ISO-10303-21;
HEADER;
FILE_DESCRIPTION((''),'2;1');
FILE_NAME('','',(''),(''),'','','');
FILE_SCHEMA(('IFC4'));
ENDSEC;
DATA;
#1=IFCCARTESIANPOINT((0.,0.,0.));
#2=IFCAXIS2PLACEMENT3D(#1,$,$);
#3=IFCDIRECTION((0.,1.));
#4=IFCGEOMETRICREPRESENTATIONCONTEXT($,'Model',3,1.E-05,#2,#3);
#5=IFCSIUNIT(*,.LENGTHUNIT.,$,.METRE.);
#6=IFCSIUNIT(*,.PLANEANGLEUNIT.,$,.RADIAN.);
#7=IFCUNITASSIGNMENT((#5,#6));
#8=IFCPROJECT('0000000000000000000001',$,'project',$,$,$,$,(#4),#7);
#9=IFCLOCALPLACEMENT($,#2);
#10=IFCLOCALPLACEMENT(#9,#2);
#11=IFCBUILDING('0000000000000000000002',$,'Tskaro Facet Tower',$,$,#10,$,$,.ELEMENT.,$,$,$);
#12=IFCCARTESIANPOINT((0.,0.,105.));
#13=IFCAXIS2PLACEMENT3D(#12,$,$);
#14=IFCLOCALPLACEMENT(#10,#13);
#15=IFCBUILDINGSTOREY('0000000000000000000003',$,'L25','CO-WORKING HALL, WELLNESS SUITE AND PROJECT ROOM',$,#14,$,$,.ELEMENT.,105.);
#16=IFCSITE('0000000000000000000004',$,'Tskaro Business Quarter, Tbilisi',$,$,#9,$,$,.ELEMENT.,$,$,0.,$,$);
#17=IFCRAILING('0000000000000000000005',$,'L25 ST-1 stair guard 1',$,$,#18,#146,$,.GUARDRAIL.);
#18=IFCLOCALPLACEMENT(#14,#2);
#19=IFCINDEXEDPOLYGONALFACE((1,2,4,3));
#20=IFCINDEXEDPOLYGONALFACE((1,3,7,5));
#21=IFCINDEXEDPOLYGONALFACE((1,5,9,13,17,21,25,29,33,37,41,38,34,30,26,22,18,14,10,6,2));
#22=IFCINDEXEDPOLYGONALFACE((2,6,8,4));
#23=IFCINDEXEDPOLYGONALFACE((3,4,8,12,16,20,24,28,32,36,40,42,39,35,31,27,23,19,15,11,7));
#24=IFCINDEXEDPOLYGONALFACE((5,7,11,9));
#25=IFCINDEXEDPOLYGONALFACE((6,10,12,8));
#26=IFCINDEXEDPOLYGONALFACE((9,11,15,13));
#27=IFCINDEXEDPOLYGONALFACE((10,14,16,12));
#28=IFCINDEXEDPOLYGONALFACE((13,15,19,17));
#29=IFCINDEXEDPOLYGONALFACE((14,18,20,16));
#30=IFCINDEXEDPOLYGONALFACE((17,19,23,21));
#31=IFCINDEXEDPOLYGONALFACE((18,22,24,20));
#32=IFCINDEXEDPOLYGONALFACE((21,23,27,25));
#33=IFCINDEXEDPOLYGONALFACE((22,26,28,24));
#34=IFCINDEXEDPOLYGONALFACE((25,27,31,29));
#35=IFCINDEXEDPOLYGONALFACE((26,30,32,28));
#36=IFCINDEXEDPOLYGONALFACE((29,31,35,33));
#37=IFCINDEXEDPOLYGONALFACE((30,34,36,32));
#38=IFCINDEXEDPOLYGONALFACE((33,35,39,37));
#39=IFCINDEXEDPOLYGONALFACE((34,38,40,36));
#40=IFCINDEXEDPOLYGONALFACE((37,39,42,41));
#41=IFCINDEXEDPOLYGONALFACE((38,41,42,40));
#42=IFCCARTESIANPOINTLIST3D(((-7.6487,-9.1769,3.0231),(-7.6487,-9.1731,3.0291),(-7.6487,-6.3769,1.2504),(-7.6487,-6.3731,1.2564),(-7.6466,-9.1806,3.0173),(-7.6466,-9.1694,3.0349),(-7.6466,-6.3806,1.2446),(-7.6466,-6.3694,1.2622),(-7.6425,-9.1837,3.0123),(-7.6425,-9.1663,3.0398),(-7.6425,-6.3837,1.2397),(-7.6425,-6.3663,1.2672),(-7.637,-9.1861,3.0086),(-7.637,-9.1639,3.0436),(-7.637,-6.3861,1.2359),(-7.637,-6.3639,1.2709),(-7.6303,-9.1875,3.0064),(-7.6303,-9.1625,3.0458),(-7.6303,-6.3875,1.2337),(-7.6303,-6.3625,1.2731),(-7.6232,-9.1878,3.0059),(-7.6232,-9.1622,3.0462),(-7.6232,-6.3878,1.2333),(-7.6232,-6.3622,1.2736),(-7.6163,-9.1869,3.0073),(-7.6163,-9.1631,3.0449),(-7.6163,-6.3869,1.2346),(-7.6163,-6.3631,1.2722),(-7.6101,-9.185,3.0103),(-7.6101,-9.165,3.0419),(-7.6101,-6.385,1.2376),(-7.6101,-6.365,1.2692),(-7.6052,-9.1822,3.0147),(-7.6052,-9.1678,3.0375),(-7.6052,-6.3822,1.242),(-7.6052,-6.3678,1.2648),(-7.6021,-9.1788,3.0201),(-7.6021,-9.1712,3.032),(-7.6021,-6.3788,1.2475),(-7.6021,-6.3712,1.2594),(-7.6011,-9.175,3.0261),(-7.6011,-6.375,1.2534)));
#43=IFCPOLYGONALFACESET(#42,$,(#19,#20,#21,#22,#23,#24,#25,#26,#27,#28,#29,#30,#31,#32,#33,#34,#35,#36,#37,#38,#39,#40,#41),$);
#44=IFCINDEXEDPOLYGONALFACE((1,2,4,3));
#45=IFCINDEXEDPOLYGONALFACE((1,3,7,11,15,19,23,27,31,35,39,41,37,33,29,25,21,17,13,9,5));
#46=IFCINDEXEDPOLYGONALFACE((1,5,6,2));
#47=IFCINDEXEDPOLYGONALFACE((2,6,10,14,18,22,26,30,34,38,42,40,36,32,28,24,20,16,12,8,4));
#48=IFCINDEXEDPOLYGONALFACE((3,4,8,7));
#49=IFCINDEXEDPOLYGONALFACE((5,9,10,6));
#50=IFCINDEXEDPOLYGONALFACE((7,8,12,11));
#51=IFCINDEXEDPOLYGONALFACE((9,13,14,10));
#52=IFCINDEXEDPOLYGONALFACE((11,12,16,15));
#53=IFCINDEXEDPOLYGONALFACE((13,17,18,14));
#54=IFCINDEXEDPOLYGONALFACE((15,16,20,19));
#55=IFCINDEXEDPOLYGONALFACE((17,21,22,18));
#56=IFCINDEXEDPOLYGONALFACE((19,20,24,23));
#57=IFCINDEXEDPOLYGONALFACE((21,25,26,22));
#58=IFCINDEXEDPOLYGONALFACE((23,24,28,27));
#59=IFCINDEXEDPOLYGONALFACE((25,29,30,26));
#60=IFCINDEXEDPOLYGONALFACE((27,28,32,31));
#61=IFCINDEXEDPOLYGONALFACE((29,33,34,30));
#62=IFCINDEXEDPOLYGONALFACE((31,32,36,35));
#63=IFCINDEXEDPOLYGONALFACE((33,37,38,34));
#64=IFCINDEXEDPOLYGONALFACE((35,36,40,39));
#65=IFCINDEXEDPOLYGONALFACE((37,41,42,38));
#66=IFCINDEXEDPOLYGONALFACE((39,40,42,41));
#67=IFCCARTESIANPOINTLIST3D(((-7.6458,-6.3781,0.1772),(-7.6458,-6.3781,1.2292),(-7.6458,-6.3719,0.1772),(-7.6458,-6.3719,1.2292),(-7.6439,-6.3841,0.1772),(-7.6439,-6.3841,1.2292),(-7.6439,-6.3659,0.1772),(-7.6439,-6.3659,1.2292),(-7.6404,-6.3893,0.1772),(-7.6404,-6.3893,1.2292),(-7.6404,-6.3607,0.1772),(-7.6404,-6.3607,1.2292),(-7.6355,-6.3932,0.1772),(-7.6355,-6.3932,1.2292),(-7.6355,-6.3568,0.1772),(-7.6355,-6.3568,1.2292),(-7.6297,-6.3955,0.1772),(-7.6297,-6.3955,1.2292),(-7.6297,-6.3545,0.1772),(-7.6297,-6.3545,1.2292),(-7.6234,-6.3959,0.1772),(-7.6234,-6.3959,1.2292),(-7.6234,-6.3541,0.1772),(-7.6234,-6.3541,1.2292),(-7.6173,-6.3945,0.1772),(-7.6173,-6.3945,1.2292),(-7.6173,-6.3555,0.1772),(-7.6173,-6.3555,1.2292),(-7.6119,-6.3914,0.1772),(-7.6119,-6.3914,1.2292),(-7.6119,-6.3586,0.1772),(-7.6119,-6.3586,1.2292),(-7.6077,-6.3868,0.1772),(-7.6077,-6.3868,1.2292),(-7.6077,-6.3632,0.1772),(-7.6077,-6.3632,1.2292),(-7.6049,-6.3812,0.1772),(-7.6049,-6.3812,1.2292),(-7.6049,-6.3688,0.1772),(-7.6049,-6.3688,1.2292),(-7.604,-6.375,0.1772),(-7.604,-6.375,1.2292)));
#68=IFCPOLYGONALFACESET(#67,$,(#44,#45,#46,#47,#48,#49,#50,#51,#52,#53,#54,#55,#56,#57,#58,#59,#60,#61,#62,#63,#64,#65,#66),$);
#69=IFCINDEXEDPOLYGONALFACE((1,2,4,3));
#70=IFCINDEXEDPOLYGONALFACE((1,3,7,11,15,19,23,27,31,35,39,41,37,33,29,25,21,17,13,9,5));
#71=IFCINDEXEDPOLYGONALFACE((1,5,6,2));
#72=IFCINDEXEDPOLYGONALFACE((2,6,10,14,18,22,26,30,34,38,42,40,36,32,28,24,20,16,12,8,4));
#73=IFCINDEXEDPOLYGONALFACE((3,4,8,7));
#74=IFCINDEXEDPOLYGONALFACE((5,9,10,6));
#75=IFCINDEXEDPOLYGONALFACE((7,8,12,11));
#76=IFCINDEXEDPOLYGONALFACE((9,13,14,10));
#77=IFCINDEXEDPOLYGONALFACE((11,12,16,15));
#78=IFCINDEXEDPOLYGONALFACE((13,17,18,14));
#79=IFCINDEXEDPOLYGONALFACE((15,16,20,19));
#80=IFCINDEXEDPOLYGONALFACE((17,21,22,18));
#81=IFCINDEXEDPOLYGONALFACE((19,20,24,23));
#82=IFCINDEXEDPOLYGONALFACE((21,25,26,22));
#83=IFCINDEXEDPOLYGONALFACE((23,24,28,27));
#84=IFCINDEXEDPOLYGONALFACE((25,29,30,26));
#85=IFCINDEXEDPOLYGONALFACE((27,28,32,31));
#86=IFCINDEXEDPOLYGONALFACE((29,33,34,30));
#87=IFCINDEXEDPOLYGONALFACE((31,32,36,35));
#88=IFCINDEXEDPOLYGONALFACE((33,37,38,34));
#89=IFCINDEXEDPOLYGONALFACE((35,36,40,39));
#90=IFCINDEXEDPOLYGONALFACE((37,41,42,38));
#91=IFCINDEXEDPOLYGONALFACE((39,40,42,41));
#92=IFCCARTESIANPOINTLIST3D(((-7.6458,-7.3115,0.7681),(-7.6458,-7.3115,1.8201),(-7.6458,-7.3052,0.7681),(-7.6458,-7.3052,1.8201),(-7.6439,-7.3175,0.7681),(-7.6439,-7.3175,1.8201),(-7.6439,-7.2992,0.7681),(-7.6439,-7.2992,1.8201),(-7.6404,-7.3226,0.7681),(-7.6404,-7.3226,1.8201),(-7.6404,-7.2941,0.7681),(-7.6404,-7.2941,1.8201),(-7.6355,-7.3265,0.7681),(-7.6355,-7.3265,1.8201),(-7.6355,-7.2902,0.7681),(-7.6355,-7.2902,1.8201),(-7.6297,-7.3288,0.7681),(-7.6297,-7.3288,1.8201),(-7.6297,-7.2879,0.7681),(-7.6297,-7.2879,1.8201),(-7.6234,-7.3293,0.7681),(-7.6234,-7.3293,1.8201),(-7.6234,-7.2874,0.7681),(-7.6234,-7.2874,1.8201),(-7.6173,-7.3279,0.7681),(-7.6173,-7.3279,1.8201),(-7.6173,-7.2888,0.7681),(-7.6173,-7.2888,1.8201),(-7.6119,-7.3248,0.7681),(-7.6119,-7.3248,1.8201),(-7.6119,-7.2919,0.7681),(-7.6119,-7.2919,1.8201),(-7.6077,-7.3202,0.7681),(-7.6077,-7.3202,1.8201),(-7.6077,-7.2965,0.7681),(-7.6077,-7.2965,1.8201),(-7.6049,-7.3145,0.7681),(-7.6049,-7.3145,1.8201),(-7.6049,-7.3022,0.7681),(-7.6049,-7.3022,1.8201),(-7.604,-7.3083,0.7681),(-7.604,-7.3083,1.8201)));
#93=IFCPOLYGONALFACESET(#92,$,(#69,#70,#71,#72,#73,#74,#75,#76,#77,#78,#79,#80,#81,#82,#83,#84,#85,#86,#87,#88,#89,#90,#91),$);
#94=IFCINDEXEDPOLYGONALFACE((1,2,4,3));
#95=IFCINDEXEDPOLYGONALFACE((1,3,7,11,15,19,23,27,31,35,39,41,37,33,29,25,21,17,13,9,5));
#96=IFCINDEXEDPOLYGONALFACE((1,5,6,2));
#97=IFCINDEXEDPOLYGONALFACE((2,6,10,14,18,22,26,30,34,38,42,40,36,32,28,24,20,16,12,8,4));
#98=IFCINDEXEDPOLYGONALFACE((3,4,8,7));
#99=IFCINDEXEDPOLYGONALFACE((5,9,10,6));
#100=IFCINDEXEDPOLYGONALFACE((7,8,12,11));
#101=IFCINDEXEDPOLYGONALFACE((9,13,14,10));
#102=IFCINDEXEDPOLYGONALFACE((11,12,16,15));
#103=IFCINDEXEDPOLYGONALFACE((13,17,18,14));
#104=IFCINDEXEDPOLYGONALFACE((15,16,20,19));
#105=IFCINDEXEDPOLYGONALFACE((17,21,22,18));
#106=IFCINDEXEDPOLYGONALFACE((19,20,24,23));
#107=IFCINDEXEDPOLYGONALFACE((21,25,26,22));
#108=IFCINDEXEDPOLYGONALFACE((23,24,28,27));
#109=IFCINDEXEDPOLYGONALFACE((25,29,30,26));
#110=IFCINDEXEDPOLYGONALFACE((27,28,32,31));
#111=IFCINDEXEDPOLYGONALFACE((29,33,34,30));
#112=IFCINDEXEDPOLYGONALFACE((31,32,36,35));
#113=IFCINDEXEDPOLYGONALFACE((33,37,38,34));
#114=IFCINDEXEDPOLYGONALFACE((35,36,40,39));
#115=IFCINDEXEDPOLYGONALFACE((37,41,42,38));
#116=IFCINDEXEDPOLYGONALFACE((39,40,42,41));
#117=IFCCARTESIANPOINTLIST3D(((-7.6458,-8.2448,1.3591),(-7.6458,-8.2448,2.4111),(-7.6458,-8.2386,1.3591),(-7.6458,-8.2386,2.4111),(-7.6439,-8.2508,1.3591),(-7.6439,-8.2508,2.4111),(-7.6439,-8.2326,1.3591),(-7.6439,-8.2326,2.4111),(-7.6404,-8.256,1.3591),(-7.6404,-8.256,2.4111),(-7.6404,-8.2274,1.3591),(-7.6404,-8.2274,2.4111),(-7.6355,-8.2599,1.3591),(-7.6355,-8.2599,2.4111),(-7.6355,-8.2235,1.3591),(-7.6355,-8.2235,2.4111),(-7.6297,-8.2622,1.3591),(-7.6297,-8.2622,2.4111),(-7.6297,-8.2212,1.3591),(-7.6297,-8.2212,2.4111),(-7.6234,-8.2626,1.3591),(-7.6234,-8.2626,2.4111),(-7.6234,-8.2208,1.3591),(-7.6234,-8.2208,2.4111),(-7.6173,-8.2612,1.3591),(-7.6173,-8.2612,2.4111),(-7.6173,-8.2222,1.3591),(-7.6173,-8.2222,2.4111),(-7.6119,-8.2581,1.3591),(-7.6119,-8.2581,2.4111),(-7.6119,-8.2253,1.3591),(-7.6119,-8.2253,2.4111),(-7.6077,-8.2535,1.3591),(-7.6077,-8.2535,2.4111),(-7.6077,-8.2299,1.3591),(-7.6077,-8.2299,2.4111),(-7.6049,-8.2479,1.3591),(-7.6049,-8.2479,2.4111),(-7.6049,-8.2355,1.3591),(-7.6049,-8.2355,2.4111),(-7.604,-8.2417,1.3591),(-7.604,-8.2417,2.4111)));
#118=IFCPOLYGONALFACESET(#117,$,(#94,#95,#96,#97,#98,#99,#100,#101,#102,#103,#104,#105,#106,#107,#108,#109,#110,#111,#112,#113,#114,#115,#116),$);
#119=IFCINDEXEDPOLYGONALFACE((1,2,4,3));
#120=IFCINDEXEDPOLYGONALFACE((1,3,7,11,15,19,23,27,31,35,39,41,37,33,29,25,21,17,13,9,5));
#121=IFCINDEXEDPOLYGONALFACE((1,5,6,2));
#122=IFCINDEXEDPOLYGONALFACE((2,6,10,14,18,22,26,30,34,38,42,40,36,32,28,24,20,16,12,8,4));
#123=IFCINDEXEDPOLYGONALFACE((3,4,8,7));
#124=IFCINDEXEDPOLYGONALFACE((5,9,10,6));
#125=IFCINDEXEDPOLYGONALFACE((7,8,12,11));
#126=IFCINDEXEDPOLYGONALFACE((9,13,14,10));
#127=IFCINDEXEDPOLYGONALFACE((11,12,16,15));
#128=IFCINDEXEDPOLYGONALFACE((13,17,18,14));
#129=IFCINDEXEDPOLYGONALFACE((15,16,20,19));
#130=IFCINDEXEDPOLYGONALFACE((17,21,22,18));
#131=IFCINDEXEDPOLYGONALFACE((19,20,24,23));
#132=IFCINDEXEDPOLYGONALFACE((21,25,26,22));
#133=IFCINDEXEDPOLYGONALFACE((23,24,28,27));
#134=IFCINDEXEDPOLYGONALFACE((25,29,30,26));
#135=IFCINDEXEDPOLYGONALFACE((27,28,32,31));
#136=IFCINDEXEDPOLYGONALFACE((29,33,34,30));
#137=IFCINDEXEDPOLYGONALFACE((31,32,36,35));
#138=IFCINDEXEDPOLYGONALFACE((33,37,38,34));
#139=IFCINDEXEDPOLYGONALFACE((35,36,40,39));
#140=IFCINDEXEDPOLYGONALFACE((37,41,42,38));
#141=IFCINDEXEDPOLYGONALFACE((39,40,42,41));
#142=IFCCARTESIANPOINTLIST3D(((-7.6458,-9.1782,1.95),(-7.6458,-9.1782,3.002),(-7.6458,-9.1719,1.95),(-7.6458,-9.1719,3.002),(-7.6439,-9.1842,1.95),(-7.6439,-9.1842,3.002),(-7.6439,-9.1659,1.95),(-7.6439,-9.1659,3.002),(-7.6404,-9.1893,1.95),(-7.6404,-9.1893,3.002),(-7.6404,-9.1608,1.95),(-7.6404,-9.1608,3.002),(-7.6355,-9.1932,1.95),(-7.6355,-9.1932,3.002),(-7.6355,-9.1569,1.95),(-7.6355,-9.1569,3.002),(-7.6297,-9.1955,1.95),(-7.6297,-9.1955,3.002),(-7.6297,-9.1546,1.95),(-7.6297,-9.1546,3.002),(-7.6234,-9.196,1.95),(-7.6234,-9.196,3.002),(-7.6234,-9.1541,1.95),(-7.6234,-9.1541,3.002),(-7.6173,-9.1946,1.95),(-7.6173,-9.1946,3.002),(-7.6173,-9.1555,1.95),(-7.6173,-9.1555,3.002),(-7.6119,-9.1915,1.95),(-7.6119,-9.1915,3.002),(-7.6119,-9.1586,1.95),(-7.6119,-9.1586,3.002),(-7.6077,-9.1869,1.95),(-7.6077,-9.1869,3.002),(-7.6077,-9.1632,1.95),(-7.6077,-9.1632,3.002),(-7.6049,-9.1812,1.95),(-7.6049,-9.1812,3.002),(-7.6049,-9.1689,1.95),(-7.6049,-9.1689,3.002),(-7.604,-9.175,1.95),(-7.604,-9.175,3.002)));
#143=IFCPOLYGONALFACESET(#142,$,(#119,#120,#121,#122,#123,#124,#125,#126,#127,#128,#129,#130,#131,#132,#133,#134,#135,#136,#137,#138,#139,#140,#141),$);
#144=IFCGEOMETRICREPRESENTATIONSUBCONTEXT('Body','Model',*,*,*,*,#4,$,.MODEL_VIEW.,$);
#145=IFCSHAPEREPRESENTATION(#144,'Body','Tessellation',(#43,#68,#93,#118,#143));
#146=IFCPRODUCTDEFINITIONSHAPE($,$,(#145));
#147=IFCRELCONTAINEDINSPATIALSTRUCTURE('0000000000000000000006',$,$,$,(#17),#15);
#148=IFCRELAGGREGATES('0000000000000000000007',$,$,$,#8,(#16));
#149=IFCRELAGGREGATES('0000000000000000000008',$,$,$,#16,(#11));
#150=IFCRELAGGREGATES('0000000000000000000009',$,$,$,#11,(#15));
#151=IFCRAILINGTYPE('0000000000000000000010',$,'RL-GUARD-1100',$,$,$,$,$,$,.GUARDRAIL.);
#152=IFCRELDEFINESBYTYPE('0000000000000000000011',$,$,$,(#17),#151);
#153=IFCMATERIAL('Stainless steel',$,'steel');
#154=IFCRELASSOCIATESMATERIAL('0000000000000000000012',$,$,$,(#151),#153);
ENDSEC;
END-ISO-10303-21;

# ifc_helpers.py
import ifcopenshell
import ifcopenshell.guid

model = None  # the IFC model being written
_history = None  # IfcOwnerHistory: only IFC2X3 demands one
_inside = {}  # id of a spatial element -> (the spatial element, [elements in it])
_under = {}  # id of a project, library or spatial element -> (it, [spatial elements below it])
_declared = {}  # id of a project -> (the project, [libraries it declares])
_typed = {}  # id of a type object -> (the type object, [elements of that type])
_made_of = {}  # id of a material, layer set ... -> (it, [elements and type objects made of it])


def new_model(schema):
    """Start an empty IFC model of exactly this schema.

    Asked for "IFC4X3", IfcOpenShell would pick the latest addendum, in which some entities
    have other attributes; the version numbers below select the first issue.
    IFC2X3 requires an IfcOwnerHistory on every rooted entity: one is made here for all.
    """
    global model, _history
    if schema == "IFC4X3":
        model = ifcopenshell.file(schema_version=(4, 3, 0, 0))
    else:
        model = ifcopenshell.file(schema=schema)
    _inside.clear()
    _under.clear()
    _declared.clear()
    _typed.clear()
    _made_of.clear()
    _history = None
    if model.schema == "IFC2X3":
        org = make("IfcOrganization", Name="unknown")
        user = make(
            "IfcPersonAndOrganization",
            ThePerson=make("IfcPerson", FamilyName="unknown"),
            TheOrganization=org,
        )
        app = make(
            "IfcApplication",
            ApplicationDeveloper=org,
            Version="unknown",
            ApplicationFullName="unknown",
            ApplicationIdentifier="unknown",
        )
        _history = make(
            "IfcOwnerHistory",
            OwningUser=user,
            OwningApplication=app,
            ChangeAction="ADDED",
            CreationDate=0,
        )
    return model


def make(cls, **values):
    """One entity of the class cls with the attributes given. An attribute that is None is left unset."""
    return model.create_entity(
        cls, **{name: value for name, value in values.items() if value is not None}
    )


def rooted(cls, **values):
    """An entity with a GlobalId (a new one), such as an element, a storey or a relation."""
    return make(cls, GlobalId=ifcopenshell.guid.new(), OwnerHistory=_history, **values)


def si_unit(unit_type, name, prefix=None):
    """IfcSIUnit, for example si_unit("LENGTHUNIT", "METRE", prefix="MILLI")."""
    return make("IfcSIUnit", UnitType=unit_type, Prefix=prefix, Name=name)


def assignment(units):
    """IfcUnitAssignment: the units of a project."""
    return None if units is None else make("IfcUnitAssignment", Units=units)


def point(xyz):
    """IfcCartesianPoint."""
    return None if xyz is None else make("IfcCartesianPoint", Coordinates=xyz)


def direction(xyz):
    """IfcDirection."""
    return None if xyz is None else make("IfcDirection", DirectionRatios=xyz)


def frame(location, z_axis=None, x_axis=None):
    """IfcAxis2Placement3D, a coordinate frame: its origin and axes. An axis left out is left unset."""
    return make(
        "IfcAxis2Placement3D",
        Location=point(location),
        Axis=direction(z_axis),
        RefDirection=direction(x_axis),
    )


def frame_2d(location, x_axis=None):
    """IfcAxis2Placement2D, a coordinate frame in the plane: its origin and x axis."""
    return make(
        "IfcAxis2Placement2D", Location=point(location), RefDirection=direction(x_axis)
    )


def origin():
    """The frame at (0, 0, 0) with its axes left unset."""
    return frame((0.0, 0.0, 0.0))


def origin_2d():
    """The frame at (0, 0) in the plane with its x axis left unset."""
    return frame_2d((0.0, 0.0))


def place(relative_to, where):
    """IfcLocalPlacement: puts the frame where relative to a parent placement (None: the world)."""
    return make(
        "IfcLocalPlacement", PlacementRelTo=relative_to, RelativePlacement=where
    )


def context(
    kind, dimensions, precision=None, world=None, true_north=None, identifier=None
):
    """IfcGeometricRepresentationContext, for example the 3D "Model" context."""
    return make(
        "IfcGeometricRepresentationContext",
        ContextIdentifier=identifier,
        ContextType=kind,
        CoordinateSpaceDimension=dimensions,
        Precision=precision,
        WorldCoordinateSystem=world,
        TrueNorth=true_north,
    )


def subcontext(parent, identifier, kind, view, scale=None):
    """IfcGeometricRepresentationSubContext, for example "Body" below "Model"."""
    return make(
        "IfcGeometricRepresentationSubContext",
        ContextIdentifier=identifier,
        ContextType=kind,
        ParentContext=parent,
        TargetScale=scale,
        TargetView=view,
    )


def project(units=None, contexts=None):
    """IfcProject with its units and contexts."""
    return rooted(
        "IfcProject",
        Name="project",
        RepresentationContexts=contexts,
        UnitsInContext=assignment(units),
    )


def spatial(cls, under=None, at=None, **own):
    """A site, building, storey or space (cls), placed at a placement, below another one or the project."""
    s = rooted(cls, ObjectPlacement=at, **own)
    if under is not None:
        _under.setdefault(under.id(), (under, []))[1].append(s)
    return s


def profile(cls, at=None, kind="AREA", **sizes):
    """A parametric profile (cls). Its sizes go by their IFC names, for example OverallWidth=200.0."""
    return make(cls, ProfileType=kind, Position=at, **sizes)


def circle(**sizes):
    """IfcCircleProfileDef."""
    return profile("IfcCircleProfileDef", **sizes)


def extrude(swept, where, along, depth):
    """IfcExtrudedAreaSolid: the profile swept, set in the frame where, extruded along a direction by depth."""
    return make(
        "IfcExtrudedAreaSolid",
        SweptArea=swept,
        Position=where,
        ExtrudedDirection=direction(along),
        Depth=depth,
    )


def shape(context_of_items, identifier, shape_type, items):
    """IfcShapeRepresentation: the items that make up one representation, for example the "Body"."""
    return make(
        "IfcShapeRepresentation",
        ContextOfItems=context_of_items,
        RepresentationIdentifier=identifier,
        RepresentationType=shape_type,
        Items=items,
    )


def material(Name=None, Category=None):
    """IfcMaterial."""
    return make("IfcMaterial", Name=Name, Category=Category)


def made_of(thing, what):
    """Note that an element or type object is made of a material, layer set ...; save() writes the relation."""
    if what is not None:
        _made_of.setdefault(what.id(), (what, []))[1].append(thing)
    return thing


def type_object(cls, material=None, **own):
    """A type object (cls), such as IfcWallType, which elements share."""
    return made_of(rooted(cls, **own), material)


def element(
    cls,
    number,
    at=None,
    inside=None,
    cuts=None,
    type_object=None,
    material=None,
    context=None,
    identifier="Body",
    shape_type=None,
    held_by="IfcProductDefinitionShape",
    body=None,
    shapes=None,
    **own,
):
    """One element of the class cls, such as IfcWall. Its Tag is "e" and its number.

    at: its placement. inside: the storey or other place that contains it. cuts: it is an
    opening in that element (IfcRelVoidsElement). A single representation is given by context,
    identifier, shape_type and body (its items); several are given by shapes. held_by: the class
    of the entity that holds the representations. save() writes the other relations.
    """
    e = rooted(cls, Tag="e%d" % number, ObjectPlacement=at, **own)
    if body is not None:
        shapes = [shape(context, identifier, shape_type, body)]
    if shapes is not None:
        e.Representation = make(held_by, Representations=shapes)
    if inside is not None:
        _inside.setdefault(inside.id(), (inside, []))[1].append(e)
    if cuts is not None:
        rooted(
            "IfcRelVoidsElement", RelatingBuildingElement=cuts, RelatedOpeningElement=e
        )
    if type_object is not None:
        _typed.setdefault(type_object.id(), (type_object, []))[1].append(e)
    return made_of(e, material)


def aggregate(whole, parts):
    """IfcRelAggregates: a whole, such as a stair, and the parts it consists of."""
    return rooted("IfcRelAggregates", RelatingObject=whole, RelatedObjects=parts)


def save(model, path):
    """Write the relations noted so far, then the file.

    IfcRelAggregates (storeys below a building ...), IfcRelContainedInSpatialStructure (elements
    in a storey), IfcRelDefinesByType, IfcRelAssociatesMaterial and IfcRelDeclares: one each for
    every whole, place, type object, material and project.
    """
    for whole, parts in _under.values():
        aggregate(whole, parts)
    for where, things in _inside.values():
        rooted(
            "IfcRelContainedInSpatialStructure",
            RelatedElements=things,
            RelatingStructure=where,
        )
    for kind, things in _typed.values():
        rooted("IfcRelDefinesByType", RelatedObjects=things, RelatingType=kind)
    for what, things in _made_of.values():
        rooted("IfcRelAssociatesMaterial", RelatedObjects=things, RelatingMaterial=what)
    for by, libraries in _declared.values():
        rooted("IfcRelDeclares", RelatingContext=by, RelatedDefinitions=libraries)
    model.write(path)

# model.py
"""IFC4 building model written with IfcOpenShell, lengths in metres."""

from ifc_helpers import new_model, si_unit, direction, frame, origin, origin_2d, place, context, subcontext, project, spatial, circle, extrude, material, type_object, element, save


model = new_model("IFC4")

# Units and contexts
model_context = context("Model", 3, precision=1e-05, world=origin(), true_north=direction((0.0, 1.0)))
body_context = subcontext(model_context, "Body", "Model", "MODEL_VIEW")
ifc_project = project(units=[si_unit("LENGTHUNIT", "METRE"), si_unit("PLANEANGLEUNIT", "RADIAN")], contexts=[model_context])

# Site, building, storey
site_placement = place(None, origin())
site = spatial("IfcSite", under=ifc_project, at=site_placement, Name="Tskaro Business Quarter, Tbilisi", CompositionType="ELEMENT", RefElevation=0.0)
building_placement = place(site_placement, origin())
building = spatial("IfcBuilding", under=site, at=building_placement, Name="Tskaro Facet Tower", CompositionType="ELEMENT")
storey_placement = place(building_placement, frame((0.0, 0.0, 105.0)))
storey = spatial("IfcBuildingStorey", under=building, at=storey_placement, Name="L25", Description="CO-WORKING HALL, WELLNESS SUITE AND PROJECT ROOM", CompositionType="ELEMENT", Elevation=105.0)

# Shared definitions
ifc_material_1 = material(Name="Stainless steel", Category="steel")

# Railing
railing_type_1 = type_object("IfcRailingType", Name="RL-GUARD-1100", PredefinedType="GUARDRAIL", material=ifc_material_1)
railing_1_placement = place(storey_placement, frame((-7.625, -6.375, 0.1772)))
element("IfcRailing", 1, at=railing_1_placement, inside=storey, type_object=railing_type_1, Name="L25 ST-1 stair guard 1", PredefinedType="GUARDRAIL", context=body_context, shape_type="SweptSolid", body=[
    extrude(circle(Radius=0.0239, at=origin_2d()), frame((0.0, 0.0, 1.0762), z_axis=(0.0, -0.844909, 0.53491), x_axis=(1.0, 0.0, 0.0)), (0.0, 0.0, 1.0), 3.314),
    extrude(circle(Radius=0.021, at=origin_2d()), origin(), (0.0, 0.0, 1.0), 1.052),
    extrude(circle(Radius=0.021, at=origin_2d()), frame((0.0, -0.9333, 0.5908)), (0.0, 0.0, 1.0), 1.052),
    extrude(circle(Radius=0.021, at=origin_2d()), frame((0.0, -1.8667, 1.1819)), (0.0, 0.0, 1.0), 1.052),
    extrude(circle(Radius=0.021, at=origin_2d()), frame((0.0, -2.8, 1.7727)), (0.0, 0.0, 1.0), 1.052),
])

save(model, "model.ifc")
